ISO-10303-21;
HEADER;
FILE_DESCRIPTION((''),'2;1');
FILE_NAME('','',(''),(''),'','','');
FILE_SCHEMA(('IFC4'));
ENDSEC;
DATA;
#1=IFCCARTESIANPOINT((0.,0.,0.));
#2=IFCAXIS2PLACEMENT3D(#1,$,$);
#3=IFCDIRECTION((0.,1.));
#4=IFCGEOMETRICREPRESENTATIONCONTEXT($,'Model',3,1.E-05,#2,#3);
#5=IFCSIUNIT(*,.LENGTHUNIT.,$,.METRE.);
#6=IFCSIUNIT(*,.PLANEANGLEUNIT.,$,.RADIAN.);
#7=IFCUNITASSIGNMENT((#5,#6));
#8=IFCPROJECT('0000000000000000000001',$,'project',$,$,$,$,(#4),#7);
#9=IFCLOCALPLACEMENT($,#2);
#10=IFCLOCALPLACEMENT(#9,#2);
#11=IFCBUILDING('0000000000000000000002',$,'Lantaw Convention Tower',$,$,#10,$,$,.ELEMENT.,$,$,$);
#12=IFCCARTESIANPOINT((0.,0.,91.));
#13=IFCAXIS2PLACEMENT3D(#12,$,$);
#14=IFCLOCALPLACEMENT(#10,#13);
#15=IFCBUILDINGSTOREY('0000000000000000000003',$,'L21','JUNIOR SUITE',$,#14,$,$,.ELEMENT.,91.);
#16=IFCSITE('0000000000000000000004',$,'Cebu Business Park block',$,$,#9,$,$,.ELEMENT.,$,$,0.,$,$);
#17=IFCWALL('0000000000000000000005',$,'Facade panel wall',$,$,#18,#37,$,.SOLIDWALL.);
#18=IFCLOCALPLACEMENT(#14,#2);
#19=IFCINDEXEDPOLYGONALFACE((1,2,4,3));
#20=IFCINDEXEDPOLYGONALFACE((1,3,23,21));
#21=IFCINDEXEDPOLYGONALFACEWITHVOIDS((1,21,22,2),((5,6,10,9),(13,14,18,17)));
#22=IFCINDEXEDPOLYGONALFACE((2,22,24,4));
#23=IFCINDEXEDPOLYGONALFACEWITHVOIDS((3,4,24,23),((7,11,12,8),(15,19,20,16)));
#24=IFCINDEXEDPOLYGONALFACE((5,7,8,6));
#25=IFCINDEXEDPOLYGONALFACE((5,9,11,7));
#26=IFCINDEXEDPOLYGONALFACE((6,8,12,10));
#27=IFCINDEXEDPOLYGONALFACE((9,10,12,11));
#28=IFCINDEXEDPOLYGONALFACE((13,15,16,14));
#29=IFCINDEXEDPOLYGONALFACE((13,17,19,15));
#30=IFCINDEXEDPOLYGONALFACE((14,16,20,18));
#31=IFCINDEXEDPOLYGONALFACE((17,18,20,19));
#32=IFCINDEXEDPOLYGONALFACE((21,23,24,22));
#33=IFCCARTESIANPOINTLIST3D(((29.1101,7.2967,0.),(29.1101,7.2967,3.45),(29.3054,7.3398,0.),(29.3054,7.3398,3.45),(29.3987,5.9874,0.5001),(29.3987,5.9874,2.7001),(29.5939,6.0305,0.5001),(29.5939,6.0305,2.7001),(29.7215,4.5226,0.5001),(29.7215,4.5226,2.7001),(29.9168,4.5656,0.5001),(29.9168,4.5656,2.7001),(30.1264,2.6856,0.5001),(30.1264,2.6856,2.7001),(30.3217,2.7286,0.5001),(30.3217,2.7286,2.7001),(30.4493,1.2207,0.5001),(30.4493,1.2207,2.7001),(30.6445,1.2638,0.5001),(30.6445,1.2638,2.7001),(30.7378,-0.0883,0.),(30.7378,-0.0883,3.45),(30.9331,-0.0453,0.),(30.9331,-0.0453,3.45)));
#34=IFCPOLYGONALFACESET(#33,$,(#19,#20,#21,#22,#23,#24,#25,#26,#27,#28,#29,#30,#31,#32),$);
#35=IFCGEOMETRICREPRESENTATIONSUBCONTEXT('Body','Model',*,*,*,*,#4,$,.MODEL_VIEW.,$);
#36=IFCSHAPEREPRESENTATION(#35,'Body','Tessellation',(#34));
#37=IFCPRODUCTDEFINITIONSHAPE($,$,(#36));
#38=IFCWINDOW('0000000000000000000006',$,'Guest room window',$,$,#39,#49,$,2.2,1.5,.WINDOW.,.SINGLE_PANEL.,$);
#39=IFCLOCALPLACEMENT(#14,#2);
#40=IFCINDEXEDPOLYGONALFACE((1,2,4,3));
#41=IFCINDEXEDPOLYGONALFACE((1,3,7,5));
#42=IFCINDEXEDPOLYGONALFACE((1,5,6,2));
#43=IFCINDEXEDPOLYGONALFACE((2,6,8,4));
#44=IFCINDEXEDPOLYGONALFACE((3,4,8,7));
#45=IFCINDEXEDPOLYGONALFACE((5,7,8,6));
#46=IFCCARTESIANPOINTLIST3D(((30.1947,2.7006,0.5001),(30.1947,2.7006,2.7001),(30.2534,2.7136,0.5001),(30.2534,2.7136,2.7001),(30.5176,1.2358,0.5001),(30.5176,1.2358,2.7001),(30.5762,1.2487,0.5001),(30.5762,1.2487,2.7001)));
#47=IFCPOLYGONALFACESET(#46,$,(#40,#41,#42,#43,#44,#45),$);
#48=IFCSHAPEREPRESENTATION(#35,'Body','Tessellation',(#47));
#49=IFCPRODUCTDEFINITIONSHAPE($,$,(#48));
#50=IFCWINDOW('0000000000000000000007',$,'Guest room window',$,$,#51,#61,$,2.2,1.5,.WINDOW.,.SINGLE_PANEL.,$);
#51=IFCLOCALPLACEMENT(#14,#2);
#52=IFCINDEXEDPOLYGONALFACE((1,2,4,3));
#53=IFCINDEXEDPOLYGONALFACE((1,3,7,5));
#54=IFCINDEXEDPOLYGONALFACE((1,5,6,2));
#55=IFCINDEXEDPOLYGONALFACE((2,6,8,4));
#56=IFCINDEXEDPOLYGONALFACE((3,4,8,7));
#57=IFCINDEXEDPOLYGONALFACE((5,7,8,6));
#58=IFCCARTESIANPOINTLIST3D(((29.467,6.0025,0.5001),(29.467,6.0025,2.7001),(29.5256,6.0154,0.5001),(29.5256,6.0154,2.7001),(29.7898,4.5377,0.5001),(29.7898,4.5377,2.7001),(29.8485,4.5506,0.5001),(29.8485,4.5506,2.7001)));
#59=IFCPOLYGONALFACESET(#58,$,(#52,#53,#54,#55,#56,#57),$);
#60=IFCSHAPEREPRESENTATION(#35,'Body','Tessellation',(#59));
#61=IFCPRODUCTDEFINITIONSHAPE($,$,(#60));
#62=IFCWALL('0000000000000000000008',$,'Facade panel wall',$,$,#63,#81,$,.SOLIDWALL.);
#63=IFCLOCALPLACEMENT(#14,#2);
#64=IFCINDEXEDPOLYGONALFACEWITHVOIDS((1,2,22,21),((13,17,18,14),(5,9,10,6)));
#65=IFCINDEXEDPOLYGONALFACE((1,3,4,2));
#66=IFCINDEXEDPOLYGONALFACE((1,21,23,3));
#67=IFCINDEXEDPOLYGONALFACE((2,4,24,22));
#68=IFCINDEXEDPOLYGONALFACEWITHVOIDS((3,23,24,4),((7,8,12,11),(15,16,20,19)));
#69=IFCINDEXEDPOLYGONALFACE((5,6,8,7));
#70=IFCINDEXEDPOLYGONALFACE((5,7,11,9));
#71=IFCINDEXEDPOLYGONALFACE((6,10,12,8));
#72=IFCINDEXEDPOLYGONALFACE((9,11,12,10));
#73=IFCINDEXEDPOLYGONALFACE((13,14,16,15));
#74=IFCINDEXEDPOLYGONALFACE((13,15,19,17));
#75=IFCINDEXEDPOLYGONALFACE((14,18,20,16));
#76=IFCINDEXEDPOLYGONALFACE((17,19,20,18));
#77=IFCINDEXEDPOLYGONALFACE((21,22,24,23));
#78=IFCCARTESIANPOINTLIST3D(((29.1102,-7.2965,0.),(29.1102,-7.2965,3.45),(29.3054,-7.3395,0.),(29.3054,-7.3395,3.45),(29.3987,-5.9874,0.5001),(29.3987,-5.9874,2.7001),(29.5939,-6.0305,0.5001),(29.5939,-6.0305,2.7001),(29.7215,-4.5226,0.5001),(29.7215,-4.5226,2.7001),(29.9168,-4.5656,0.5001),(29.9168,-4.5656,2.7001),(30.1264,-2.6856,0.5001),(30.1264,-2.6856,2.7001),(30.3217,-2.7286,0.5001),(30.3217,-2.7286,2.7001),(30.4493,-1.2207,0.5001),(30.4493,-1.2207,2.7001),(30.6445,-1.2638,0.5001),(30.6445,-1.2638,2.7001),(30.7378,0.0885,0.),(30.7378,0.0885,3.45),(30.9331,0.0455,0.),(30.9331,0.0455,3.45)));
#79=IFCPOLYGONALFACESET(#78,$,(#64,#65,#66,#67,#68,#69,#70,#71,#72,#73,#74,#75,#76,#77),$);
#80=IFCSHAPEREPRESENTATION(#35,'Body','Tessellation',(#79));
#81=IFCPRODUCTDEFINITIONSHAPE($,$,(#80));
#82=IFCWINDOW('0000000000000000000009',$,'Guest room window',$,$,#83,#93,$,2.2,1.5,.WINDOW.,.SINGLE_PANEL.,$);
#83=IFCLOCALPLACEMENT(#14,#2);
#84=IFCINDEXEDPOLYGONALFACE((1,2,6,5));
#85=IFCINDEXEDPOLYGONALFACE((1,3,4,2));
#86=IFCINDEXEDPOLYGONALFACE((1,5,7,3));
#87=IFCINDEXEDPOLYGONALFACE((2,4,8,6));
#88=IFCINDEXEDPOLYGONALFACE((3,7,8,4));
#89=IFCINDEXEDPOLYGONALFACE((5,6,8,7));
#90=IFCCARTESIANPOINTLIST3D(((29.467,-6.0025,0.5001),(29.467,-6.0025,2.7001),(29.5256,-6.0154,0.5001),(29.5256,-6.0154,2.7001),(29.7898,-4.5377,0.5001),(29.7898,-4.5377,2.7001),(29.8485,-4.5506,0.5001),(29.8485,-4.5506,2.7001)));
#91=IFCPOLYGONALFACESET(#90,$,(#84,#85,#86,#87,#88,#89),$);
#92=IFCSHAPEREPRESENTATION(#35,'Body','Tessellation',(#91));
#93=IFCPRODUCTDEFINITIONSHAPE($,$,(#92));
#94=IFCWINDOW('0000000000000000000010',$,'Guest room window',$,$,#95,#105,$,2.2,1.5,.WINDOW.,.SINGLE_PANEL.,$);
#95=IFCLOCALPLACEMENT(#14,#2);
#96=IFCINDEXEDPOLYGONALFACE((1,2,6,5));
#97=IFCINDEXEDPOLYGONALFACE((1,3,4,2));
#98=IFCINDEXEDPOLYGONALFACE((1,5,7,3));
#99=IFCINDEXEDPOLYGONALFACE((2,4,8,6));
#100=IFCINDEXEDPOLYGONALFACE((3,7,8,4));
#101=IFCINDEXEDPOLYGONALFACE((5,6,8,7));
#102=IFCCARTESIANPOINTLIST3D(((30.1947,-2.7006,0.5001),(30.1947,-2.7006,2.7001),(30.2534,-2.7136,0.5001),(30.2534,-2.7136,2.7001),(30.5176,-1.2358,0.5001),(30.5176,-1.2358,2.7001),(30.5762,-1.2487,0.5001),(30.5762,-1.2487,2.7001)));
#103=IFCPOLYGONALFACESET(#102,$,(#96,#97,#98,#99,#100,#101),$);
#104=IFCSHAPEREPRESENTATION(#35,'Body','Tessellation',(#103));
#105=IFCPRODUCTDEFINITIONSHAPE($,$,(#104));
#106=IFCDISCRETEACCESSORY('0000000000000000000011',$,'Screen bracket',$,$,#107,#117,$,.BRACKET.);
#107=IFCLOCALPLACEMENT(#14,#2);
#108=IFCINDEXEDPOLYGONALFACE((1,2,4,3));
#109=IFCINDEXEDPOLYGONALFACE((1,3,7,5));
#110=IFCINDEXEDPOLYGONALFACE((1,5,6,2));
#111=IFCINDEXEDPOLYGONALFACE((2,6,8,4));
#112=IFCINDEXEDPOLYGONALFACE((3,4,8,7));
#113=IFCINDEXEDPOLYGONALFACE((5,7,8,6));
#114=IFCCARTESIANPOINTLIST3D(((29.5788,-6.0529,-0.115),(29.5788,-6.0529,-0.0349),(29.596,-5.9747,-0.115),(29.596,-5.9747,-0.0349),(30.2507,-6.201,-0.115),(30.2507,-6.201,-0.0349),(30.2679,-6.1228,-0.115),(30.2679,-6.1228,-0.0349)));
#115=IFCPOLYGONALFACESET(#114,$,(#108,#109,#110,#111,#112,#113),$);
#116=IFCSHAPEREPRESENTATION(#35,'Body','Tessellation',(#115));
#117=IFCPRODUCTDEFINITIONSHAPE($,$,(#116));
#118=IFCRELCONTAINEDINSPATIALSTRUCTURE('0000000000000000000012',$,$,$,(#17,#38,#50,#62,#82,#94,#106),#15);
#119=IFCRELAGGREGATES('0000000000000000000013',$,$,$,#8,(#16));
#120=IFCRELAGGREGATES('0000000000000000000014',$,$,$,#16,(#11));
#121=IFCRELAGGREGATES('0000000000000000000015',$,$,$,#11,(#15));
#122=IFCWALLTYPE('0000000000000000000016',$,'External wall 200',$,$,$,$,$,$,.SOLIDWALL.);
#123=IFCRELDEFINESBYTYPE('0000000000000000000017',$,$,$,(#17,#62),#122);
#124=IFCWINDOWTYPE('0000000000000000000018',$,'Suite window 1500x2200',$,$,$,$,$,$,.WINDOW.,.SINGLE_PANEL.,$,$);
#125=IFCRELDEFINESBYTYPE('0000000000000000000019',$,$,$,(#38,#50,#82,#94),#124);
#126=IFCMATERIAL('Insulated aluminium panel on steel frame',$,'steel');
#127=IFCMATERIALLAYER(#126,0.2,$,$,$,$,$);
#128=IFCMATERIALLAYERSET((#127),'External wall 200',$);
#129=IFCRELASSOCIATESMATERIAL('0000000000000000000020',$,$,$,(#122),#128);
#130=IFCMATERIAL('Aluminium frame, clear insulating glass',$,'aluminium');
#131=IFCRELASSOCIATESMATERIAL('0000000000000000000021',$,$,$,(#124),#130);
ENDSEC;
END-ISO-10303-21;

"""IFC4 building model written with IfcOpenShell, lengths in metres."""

from ifc_helpers import new_model, si_unit, direction, frame, frame_2d, origin, origin_2d, place, context, subcontext, project, spatial, rectangle, extrude, material, layer, layer_set, type_object, element, fill, save


model = new_model("IFC4")

# Units and contexts
model_context = context("Model", 3, precision=1e-05, world=origin(), true_north=direction((0.0, 1.0)))
body_context = subcontext(model_context, "Body", "Model", "MODEL_VIEW")
ifc_project = project(units=[si_unit("LENGTHUNIT", "METRE"), si_unit("PLANEANGLEUNIT", "RADIAN")], contexts=[model_context])

# Site, building, storey
site_placement = place(None, origin())
site = spatial("IfcSite", under=ifc_project, at=site_placement, Name="Cebu Business Park block", CompositionType="ELEMENT", RefElevation=0.0)
building_placement = place(site_placement, origin())
building = spatial("IfcBuilding", under=site, at=building_placement, Name="Lantaw Convention Tower", CompositionType="ELEMENT")
storey_placement = place(building_placement, frame((0.0, 0.0, 91.0)))
storey = spatial("IfcBuildingStorey", under=building, at=storey_placement, Name="L21", Description="JUNIOR SUITE", CompositionType="ELEMENT", Elevation=91.0)

# Walls, openings, windows
ifc_material_1 = material(Name="Insulated aluminium panel on steel frame", Category="steel")
ifc_layer_1 = layer(ifc_material_1, 0.2)
ifc_layer_set_1 = layer_set([ifc_layer_1], Name="External wall 200")
wall_type_1 = type_object("IfcWallType", Name="External wall 200", PredefinedType="SOLIDWALL", material=ifc_layer_set_1)
wall_1_placement = place(storey_placement, frame((30.8354, -0.0669, 0.0), z_axis=(0.0, 0.0, 1.0), x_axis=(-0.215238, 0.976562, 0.0)))
wall_1 = element("IfcWall", 1, at=wall_1_placement, inside=storey, type_object=wall_type_1, Name="Facade panel wall", PredefinedType="SOLIDWALL", context=body_context, shape_type="SweptSolid", body=[
    extrude(rectangle(XDim=7.5623, YDim=0.2, at=frame_2d((3.7812, 0.0))), origin(), (0.0, 0.0, 1.0), 3.45),
])
opening_1_placement = place(wall_1_placement, frame((1.3406, 0.0, 0.5)))
opening_1 = element("IfcOpeningElement", 2, at=opening_1_placement, cuts=wall_1, PredefinedType="OPENING", context=body_context, shape_type="SweptSolid", body=[
    extrude(rectangle(XDim=1.5, YDim=2.2, at=frame_2d((0.75, 1.1001))), frame((0.0, 0.1099, 0.0), z_axis=(0.0, -1.0, 0.0), x_axis=(1.0, 0.0, 0.0)), (0.0, 0.0, 1.0), 0.22),
])
opening_2_placement = place(wall_1_placement, frame((4.7217, 0.0, 0.5)))
opening_2 = element("IfcOpeningElement", 3, at=opening_2_placement, cuts=wall_1, PredefinedType="OPENING", context=body_context, shape_type="SweptSolid", body=[
    extrude(rectangle(XDim=1.5, YDim=2.2, at=frame_2d((0.75, 1.1001))), frame((0.0, 0.1099, 0.0), z_axis=(0.0, -1.0, 0.0), x_axis=(1.0, 0.0, 0.0)), (0.0, 0.0, 1.0), 0.22),
])
ifc_material_2 = material(Name="Aluminium frame, clear insulating glass", Category="aluminium")
window_type = type_object("IfcWindowType", Name="Suite window 1500x2200", PartitioningType="SINGLE_PANEL", PredefinedType="WINDOW", material=ifc_material_2)
window_1_placement = place(opening_1_placement, origin())
window_1 = element("IfcWindow", 4, at=window_1_placement, inside=storey, type_object=window_type, Name="Guest room window", OverallHeight=2.2, OverallWidth=1.5, PartitioningType="SINGLE_PANEL", PredefinedType="WINDOW", context=body_context, shape_type="SweptSolid", body=[
    extrude(rectangle(XDim=1.5, YDim=2.2, at=frame_2d((0.75, 1.1001))), frame((0.0, 0.03, 0.0), z_axis=(0.0, -1.0, 0.0), x_axis=(1.0, 0.0, 0.0)), (0.0, 0.0, 1.0), 0.0601),
])
fill(opening_1, window_1)
window_2_placement = place(opening_2_placement, origin())
window_2 = element("IfcWindow", 5, at=window_2_placement, inside=storey, type_object=window_type, Name="Guest room window", OverallHeight=2.2, OverallWidth=1.5, PartitioningType="SINGLE_PANEL", PredefinedType="WINDOW", context=body_context, shape_type="SweptSolid", body=[
    extrude(rectangle(XDim=1.5, YDim=2.2, at=frame_2d((0.75, 1.1001))), frame((0.0, 0.03, 0.0), z_axis=(0.0, -1.0, 0.0), x_axis=(1.0, 0.0, 0.0)), (0.0, 0.0, 1.0), 0.0601),
])
fill(opening_2, window_2)
wall_2_placement = place(storey_placement, frame((29.2078, -7.3181, 0.0), z_axis=(0.0, 0.0, 1.0), x_axis=(0.215238, 0.976562, 0.0)))
wall_2 = element("IfcWall", 6, at=wall_2_placement, inside=storey, type_object=wall_type_1, Name="Facade panel wall", PredefinedType="SOLIDWALL", context=body_context, shape_type="SweptSolid", body=[
    extrude(rectangle(XDim=7.5623, YDim=0.2, at=frame_2d((3.7812, 0.0))), origin(), (0.0, 0.0, 1.0), 3.45),
])
opening_3_placement = place(wall_2_placement, frame((1.3406, 0.0, 0.5)))
opening_3 = element("IfcOpeningElement", 7, at=opening_3_placement, cuts=wall_2, PredefinedType="OPENING", context=body_context, shape_type="SweptSolid", body=[
    extrude(rectangle(XDim=1.5, YDim=2.2, at=frame_2d((0.75, 1.1001))), frame((0.0, 0.1099, 0.0), z_axis=(0.0, -1.0, 0.0), x_axis=(1.0, 0.0, 0.0)), (0.0, 0.0, 1.0), 0.22),
])
opening_4_placement = place(wall_2_placement, frame((4.7217, 0.0, 0.5)))
opening_4 = element("IfcOpeningElement", 8, at=opening_4_placement, cuts=wall_2, PredefinedType="OPENING", context=body_context, shape_type="SweptSolid", body=[
    extrude(rectangle(XDim=1.5, YDim=2.2, at=frame_2d((0.75, 1.1001))), frame((0.0, 0.1099, 0.0), z_axis=(0.0, -1.0, 0.0), x_axis=(1.0, 0.0, 0.0)), (0.0, 0.0, 1.0), 0.22),
])
window_3_placement = place(opening_3_placement, origin())
window_3 = element("IfcWindow", 9, at=window_3_placement, inside=storey, type_object=window_type, Name="Guest room window", OverallHeight=2.2, OverallWidth=1.5, PartitioningType="SINGLE_PANEL", PredefinedType="WINDOW", context=body_context, shape_type="SweptSolid", body=[
    extrude(rectangle(XDim=1.5, YDim=2.2, at=frame_2d((0.75, 1.1001))), frame((0.0, 0.03, 0.0), z_axis=(0.0, -1.0, 0.0), x_axis=(1.0, 0.0, 0.0)), (0.0, 0.0, 1.0), 0.0601),
])
fill(opening_3, window_3)
window_4_placement = place(opening_4_placement, origin())
window_4 = element("IfcWindow", 10, at=window_4_placement, inside=storey, type_object=window_type, Name="Guest room window", OverallHeight=2.2, OverallWidth=1.5, PartitioningType="SINGLE_PANEL", PredefinedType="WINDOW", context=body_context, shape_type="SweptSolid", body=[
    extrude(rectangle(XDim=1.5, YDim=2.2, at=frame_2d((0.75, 1.1001))), frame((0.0, 0.03, 0.0), z_axis=(0.0, -1.0, 0.0), x_axis=(1.0, 0.0, 0.0)), (0.0, 0.0, 1.0), 0.0601),
])
fill(opening_4, window_4)

# Discrete accessory
discrete_accessory_placement = place(storey_placement, frame((29.9233, -6.0879, -0.115), z_axis=(0.0, 0.0, 1.0), x_axis=(0.215246, 0.97656, 0.0)))
element("IfcDiscreteAccessory", 11, at=discrete_accessory_placement, inside=storey, Name="Screen bracket", PredefinedType="BRACKET", context=body_context, shape_type="SweptSolid", body=[
    extrude(rectangle(XDim=0.0801, YDim=0.688, at=origin_2d()), origin(), (0.0, 0.0, 1.0), 0.0801),
])

save(model, "model.ifc")
